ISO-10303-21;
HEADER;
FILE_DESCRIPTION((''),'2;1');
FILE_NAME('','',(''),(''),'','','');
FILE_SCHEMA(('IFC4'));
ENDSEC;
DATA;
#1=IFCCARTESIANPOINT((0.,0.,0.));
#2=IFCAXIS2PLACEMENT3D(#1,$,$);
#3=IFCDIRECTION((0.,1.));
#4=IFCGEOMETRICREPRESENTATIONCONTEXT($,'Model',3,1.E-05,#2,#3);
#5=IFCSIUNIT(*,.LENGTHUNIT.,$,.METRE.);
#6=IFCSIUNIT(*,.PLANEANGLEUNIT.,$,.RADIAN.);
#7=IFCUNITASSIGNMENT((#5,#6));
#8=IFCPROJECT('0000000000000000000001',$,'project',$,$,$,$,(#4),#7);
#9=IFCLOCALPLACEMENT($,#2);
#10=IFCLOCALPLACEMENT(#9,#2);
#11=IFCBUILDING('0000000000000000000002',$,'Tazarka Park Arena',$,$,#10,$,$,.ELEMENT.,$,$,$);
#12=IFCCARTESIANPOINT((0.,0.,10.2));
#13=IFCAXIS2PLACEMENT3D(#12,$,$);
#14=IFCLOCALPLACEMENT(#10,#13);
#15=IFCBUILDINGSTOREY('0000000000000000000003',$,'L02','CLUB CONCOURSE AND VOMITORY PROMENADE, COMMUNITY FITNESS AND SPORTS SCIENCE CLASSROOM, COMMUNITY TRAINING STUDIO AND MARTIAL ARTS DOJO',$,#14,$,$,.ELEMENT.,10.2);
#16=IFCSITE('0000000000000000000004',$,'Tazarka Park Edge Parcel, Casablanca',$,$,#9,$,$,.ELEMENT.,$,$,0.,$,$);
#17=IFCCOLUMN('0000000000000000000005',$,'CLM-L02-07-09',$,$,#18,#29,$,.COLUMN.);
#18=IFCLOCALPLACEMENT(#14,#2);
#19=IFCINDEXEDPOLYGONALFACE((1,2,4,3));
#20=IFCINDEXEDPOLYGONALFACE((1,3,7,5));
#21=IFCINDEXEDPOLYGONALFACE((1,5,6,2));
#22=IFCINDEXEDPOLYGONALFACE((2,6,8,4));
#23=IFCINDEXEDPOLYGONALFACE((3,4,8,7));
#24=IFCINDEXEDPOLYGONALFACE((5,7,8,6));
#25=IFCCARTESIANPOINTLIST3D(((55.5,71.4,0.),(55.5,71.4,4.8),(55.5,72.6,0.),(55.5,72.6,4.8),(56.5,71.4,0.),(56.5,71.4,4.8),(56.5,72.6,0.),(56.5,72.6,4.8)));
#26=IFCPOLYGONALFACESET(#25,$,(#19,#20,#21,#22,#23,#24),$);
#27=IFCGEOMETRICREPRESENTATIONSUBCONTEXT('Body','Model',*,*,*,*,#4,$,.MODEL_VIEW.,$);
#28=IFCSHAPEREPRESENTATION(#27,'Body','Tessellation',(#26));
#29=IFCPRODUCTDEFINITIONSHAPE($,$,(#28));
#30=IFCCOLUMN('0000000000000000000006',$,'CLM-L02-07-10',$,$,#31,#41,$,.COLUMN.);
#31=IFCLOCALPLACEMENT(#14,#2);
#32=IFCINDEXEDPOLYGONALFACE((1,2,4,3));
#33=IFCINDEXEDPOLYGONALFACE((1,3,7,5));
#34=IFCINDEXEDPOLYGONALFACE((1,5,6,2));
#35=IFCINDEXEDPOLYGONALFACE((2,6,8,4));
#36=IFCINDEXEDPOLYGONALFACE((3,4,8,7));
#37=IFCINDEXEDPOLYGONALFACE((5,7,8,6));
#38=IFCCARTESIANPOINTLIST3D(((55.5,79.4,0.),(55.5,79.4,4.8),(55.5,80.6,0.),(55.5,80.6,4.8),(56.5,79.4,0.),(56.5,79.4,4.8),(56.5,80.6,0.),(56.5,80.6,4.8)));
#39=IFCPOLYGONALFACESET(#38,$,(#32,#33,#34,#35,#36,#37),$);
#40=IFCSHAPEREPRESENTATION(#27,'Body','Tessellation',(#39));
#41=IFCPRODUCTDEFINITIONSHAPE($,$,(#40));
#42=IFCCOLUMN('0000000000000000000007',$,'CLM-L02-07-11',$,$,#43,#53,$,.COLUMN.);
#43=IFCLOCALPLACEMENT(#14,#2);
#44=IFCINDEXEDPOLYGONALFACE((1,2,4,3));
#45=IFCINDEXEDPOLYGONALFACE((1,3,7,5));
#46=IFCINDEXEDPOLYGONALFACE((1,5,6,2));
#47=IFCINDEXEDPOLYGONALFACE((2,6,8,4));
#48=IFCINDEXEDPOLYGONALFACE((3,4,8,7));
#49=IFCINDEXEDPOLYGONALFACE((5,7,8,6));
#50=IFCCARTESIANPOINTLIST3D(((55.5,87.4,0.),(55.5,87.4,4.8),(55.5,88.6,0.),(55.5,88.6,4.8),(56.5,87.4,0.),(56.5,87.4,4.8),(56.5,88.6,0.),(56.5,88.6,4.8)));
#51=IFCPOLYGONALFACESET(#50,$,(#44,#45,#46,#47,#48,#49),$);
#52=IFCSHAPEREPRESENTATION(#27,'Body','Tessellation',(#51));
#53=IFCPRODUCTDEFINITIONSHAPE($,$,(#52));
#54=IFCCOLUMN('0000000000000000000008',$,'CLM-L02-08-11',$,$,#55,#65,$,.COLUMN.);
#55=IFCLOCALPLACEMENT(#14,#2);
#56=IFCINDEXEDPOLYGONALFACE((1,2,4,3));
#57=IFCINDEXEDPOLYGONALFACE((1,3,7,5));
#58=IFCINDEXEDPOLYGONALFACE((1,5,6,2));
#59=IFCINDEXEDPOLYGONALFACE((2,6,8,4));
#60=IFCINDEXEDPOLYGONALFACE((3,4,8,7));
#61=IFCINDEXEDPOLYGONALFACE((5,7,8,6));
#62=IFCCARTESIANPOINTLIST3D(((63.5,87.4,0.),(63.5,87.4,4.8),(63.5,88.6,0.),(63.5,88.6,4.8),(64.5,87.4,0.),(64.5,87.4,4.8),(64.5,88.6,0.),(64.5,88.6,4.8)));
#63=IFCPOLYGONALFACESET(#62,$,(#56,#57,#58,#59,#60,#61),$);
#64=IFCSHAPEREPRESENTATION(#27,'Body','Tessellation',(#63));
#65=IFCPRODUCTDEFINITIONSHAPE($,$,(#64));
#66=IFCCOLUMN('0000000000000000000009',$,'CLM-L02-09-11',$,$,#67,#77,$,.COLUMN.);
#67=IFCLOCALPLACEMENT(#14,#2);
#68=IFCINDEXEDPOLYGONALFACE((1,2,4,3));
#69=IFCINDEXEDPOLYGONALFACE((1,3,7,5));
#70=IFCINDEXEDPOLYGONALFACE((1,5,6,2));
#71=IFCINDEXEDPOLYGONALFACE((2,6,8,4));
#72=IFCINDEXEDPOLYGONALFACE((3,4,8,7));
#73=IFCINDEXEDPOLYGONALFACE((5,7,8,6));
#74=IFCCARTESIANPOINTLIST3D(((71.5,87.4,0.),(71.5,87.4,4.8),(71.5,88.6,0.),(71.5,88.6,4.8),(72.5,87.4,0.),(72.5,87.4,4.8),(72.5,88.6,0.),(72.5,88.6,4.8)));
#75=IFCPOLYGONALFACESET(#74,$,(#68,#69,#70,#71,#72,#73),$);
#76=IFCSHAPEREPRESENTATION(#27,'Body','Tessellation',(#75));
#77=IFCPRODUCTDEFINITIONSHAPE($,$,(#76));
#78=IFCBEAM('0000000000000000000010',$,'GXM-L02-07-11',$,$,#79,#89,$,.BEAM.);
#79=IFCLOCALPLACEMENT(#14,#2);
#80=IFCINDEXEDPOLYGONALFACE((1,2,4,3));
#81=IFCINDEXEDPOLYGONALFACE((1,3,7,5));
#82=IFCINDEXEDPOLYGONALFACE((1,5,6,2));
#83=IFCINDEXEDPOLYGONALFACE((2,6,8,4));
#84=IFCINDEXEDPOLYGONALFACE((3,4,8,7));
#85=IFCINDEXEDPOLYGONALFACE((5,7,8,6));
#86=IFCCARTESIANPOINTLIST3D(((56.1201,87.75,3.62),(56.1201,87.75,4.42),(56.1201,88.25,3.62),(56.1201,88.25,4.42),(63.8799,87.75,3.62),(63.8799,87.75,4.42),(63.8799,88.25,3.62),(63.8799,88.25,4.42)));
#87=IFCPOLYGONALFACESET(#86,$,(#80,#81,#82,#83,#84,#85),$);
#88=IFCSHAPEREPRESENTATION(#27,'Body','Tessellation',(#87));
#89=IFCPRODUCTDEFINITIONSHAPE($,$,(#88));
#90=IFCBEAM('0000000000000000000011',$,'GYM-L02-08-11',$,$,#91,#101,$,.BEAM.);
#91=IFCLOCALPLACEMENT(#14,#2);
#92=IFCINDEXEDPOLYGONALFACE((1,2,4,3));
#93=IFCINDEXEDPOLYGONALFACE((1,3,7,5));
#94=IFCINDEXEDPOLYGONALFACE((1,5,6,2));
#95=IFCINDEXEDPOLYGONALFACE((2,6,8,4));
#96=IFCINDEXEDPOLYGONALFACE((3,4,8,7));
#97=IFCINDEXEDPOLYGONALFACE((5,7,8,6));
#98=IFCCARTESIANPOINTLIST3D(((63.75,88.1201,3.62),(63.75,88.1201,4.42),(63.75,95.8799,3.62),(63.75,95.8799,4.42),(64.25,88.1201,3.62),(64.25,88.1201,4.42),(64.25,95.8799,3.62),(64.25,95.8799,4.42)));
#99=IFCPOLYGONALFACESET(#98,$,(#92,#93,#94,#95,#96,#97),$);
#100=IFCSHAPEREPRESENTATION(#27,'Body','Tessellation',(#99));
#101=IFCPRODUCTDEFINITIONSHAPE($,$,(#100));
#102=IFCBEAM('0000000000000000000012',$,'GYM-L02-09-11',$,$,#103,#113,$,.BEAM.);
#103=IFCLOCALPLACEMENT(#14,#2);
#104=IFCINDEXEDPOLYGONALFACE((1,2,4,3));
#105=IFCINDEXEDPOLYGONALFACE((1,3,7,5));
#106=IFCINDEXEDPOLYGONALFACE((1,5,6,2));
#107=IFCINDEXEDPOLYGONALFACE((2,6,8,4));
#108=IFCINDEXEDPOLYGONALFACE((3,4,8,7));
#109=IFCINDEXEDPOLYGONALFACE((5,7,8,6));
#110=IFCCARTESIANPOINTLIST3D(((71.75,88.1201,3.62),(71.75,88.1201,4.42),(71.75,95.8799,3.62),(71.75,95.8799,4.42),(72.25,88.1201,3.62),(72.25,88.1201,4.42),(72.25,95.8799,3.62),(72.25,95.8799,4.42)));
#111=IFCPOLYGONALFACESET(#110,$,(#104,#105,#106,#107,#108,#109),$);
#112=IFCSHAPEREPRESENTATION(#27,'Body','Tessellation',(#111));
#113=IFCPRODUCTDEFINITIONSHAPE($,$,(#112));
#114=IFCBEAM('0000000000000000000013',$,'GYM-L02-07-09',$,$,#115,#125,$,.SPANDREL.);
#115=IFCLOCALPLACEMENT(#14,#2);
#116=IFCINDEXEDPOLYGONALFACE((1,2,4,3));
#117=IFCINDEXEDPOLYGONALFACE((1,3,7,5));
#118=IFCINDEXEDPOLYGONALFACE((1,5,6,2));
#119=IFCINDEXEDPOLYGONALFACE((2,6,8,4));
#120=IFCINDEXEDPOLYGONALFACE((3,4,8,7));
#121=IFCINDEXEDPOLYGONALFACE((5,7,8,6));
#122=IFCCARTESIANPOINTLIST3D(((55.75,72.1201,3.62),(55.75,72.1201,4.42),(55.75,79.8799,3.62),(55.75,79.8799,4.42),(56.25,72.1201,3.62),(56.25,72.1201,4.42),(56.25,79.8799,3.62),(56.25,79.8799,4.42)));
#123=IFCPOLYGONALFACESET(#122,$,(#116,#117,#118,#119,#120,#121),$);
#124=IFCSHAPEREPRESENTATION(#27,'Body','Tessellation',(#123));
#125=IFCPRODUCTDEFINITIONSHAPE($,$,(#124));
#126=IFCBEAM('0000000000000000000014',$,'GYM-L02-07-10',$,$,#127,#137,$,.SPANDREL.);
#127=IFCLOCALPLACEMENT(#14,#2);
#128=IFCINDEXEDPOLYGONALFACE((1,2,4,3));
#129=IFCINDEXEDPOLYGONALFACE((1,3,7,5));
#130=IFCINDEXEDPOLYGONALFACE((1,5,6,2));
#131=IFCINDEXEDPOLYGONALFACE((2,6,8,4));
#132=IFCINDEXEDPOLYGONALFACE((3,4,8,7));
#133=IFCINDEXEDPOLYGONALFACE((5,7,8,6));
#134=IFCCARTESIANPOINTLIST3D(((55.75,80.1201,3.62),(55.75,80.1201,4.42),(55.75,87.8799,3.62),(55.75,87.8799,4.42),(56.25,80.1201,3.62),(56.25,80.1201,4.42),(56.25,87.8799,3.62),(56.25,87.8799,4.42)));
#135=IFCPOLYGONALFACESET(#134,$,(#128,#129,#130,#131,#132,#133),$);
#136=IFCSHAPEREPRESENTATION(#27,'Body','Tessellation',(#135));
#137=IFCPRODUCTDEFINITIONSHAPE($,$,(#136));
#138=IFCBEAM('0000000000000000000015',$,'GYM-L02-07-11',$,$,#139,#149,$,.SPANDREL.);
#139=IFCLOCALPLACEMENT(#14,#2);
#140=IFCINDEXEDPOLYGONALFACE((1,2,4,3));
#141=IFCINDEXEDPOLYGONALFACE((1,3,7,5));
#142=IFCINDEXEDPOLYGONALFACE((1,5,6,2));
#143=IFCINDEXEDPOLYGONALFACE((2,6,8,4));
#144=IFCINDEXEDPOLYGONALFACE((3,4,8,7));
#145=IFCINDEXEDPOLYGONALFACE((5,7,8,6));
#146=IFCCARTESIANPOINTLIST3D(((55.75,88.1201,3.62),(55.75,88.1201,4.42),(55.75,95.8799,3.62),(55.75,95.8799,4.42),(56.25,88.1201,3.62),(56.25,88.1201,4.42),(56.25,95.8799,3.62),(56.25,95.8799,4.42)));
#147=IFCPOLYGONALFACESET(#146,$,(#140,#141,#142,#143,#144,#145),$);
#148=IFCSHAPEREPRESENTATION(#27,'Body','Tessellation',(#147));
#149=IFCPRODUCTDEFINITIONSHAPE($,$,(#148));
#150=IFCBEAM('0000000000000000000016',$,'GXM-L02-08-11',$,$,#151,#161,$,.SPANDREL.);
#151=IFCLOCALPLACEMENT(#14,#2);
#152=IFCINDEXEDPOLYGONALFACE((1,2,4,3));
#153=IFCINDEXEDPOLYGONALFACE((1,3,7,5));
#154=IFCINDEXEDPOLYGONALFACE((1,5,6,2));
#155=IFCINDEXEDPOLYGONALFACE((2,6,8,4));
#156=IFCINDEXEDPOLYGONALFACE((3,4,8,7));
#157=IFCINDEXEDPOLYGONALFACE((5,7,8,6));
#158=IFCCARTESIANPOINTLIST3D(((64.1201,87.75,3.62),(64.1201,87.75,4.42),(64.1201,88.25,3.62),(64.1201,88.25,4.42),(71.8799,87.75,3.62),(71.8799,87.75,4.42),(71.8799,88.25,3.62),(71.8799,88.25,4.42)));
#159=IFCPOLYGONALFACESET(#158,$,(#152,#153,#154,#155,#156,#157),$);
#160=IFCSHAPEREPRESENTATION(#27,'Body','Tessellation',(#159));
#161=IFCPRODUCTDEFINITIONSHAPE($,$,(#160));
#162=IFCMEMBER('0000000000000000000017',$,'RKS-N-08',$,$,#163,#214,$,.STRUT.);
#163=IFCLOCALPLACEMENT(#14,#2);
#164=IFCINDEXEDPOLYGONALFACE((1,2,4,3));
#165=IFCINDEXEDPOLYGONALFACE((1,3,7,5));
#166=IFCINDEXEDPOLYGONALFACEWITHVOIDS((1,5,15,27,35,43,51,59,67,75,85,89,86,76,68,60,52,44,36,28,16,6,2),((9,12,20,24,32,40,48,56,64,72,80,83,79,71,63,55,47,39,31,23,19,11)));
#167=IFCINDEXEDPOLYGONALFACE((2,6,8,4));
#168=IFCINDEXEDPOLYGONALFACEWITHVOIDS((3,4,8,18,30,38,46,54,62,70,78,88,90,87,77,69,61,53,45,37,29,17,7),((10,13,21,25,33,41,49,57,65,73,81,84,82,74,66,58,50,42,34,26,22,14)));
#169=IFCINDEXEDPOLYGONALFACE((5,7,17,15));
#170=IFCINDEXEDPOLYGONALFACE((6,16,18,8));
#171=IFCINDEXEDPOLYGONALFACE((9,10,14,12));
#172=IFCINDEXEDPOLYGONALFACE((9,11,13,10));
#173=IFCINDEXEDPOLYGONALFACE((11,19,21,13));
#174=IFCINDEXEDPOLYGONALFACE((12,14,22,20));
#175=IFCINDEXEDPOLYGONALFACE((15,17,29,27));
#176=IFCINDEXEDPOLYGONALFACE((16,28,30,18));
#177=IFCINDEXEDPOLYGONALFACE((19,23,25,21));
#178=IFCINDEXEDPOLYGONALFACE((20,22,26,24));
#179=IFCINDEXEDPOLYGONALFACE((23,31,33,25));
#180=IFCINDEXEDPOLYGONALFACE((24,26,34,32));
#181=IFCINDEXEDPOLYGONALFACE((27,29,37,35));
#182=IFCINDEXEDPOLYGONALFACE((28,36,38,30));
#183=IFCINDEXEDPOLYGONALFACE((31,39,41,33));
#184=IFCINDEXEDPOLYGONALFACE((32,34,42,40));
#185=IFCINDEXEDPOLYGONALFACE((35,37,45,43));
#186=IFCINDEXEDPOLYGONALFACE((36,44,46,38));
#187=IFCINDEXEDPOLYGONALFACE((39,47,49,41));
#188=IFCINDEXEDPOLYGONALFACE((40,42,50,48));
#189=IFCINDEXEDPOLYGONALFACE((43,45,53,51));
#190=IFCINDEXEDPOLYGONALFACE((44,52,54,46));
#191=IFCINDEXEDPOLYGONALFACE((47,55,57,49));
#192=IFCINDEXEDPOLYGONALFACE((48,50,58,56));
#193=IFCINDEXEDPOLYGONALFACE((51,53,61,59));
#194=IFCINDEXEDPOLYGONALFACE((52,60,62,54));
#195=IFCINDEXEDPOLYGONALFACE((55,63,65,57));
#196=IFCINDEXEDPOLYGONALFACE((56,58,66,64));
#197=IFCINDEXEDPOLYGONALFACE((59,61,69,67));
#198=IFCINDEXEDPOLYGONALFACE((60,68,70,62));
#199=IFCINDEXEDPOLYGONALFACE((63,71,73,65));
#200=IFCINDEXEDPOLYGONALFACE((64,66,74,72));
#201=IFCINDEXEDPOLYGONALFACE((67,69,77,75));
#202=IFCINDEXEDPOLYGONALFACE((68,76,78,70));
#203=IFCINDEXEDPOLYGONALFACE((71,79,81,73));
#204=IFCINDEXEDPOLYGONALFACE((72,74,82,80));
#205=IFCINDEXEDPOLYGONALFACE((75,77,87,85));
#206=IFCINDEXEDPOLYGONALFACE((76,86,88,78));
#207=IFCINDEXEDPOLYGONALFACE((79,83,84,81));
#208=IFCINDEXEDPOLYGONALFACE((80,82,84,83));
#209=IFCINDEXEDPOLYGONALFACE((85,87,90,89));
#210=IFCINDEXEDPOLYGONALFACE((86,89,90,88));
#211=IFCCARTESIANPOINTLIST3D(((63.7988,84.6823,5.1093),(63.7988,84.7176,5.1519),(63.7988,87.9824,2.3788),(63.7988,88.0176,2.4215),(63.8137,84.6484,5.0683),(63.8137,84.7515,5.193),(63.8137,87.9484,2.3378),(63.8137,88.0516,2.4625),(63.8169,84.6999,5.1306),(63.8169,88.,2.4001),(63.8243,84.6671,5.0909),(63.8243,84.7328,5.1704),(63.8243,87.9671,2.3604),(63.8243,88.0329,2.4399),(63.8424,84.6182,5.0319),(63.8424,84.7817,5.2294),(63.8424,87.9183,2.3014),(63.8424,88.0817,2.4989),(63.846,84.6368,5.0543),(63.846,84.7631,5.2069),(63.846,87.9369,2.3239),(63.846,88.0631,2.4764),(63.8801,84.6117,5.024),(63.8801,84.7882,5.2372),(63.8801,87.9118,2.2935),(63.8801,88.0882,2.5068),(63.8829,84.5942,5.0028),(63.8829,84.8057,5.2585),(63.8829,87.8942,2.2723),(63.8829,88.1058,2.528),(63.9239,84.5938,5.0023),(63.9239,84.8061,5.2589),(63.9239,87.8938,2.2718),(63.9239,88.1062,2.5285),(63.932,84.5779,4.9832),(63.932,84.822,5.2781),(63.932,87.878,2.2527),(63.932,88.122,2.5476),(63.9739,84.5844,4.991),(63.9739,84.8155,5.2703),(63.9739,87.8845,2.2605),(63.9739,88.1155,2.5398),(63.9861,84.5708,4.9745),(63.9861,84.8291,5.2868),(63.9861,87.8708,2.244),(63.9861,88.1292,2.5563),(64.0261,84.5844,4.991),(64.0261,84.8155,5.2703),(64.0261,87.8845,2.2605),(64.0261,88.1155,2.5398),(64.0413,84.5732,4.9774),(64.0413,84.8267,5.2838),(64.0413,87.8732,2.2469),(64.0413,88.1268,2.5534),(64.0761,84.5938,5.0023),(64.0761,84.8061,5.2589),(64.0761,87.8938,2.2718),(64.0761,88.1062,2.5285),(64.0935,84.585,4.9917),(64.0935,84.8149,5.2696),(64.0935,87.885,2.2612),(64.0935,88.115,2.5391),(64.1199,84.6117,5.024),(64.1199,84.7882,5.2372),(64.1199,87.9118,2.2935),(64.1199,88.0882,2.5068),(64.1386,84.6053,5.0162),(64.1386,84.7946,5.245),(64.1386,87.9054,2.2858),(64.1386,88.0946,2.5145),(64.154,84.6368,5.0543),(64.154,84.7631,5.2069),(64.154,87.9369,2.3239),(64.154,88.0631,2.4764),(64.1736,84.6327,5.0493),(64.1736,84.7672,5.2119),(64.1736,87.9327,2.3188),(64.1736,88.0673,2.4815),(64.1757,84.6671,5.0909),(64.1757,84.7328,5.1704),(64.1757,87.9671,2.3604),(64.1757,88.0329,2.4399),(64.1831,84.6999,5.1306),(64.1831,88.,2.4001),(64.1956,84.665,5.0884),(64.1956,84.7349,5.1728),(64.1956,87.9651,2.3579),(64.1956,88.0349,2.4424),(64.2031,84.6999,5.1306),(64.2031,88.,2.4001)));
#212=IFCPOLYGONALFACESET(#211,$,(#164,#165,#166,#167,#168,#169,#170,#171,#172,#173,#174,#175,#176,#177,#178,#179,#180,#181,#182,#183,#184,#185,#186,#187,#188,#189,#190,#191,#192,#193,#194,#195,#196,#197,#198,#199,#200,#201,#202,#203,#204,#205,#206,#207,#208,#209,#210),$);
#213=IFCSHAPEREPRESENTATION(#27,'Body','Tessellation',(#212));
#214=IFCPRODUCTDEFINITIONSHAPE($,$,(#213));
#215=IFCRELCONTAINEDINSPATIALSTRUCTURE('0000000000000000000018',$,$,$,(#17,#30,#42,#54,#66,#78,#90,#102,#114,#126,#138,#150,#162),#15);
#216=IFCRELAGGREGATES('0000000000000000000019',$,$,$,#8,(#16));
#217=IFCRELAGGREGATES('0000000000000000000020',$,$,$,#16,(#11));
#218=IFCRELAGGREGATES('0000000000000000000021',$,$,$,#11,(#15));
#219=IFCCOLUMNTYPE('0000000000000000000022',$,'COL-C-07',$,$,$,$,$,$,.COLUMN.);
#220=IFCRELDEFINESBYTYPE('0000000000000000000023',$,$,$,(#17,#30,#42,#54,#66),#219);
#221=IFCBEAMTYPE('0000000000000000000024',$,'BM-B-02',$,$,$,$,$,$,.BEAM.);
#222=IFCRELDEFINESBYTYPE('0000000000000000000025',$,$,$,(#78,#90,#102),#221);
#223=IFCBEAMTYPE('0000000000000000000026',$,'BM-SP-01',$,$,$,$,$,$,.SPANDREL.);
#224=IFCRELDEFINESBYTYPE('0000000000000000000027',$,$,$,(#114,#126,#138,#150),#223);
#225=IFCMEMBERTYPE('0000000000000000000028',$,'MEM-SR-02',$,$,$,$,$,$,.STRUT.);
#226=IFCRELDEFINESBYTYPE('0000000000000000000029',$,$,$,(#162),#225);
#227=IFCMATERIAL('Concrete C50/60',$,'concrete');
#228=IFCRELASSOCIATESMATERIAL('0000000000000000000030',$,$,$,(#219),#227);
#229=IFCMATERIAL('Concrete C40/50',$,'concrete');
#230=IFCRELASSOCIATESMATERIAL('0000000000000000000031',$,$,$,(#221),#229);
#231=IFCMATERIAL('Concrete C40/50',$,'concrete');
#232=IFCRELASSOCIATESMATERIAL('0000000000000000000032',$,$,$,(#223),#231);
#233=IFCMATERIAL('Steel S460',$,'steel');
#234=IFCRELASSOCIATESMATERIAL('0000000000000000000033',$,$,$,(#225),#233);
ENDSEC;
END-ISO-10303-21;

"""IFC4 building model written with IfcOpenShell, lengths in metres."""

from ifc_helpers import new_model, si_unit, direction, frame, origin, origin_2d, place, context, subcontext, project, spatial, rectangle, hollow_circle, extrude, material, material_profile, profile_set, type_object, element, save


model = new_model("IFC4")

# Units and contexts
model_context = context("Model", 3, precision=1e-05, world=origin(), true_north=direction((0.0, 1.0)))
body_context = subcontext(model_context, "Body", "Model", "MODEL_VIEW")
ifc_project = project(units=[si_unit("LENGTHUNIT", "METRE"), si_unit("PLANEANGLEUNIT", "RADIAN")], contexts=[model_context])

# Site, building, storey
site_placement = place(None, origin())
site = spatial("IfcSite", under=ifc_project, at=site_placement, Name="Tazarka Park Edge Parcel, Casablanca", CompositionType="ELEMENT", RefElevation=0.0)
building_placement = place(site_placement, origin())
building = spatial("IfcBuilding", under=site, at=building_placement, Name="Tazarka Park Arena", CompositionType="ELEMENT")
storey_placement = place(building_placement, frame((0.0, 0.0, 10.2)))
storey = spatial("IfcBuildingStorey", under=building, at=storey_placement, Name="L02", Description="CLUB CONCOURSE AND VOMITORY PROMENADE, COMMUNITY FITNESS AND SPORTS SCIENCE CLASSROOM, COMMUNITY TRAINING STUDIO AND MARTIAL ARTS DOJO", CompositionType="ELEMENT", Elevation=10.2)

# Columns
ifc_material_1 = material(Name="Concrete C50/60", Category="concrete")
ifc_material_profile_1 = material_profile(ifc_material_1, rectangle(XDim=1.0, YDim=1.2, at=origin_2d()), Name="Concrete C50/60")
ifc_profile_set_1 = profile_set([ifc_material_profile_1], Name="Concrete C50/60")
column_type = type_object("IfcColumnType", Name="COL-C-07", PredefinedType="COLUMN", material=ifc_profile_set_1)
for number, where, z_axis, x_axis, name in (
    (1, (56.0, 72.0, 0.0), (0.0, 0.0, 1.0), (1.0, 0.0, 0.0), "CLM-L02-07-09"),
    (2, (56.0, 80.0, 0.0), (0.0, 0.0, 1.0), (1.0, 0.0, 0.0), "CLM-L02-07-10"),
    (3, (56.0, 88.0, 0.0), (0.0, 0.0, 1.0), (1.0, 0.0, 0.0), "CLM-L02-07-11"),
    (4, (64.0, 88.0, 0.0), (0.0, 0.0, 1.0), (1.0, 0.0, 0.0), "CLM-L02-08-11"),
    (5, (72.0, 88.0, 0.0), (0.0, 0.0, 1.0), (1.0, 0.0, 0.0), "CLM-L02-09-11"),
):
    element("IfcColumn", number, at=place(storey_placement, frame(where, z_axis=z_axis, x_axis=x_axis)), inside=storey, type_object=column_type, Name=name, PredefinedType="COLUMN", context=body_context, shape_type="SweptSolid", body=[
        extrude(rectangle(XDim=1.0, YDim=1.2, at=origin_2d()), origin(), (0.0, 0.0, 1.0), 4.8),
    ])

# Beams
ifc_material_2 = material(Name="Concrete C40/50", Category="concrete")
ifc_material_profile_2 = material_profile(ifc_material_2, rectangle(XDim=0.5, YDim=0.8, at=origin_2d()), Name="Concrete C40/50")
ifc_profile_set_2 = profile_set([ifc_material_profile_2], Name="Concrete C40/50")
beam_type_1 = type_object("IfcBeamType", Name="BM-B-02", PredefinedType="BEAM", material=ifc_profile_set_2)
for number, where, z_axis, x_axis, name in (
    (6, (56.1201, 88.0, 4.02), (1.0, 0.0, 0.0), (0.0, 1.0, 0.0), "GXM-L02-07-11"),
    (7, (64.0, 88.1201, 4.02), (0.0, 1.0, 0.0), (-1.0, 0.0, 0.0), "GYM-L02-08-11"),
    (8, (72.0, 88.1201, 4.02), (0.0, 1.0, 0.0), (-1.0, 0.0, 0.0), "GYM-L02-09-11"),
):
    element("IfcBeam", number, at=place(storey_placement, frame(where, z_axis=z_axis, x_axis=x_axis)), inside=storey, type_object=beam_type_1, Name=name, PredefinedType="BEAM", context=body_context, shape_type="SweptSolid", body=[
        extrude(rectangle(XDim=0.5, YDim=0.8, at=origin_2d()), origin(), (0.0, 0.0, 1.0), 7.7598),
    ])
ifc_material_3 = material(Name="Concrete C40/50", Category="concrete")
ifc_material_profile_3 = material_profile(ifc_material_3, rectangle(XDim=0.5, YDim=0.8, at=origin_2d()), Name="Concrete C40/50")
ifc_profile_set_3 = profile_set([ifc_material_profile_3], Name="Concrete C40/50")
beam_type_2 = type_object("IfcBeamType", Name="BM-SP-01", PredefinedType="SPANDREL", material=ifc_profile_set_3)
for number, where, z_axis, x_axis, name in (
    (9, (56.0, 72.1201, 4.02), (0.0, 1.0, 0.0), (-1.0, 0.0, 0.0), "GYM-L02-07-09"),
    (10, (56.0, 80.1201, 4.02), (0.0, 1.0, 0.0), (-1.0, 0.0, 0.0), "GYM-L02-07-10"),
    (11, (56.0, 88.1201, 4.02), (0.0, 1.0, 0.0), (-1.0, 0.0, 0.0), "GYM-L02-07-11"),
    (12, (64.1201, 88.0, 4.02), (1.0, 0.0, 0.0), (0.0, 1.0, 0.0), "GXM-L02-08-11"),
):
    element("IfcBeam", number, at=place(storey_placement, frame(where, z_axis=z_axis, x_axis=x_axis)), inside=storey, type_object=beam_type_2, Name=name, PredefinedType="SPANDREL", context=body_context, shape_type="SweptSolid", body=[
        extrude(rectangle(XDim=0.5, YDim=0.8, at=origin_2d()), origin(), (0.0, 0.0, 1.0), 7.7598),
    ])

# Member
ifc_material_4 = material(Name="Steel S460", Category="steel")
ifc_material_profile_4 = material_profile(ifc_material_4, hollow_circle(Radius=0.2031, WallThickness=0.02, at=origin_2d()), Name="Steel S460")
ifc_profile_set_4 = profile_set([ifc_material_profile_4], Name="Steel S460")
member_type = type_object("IfcMemberType", Name="MEM-SR-02", PredefinedType="STRUT", material=ifc_profile_set_4)
for number, where, z_axis, x_axis, name in (
    (13, (64.0, 88.0, 2.4001), (0.0, -0.770464, 0.637484), (1.0, 0.0, 0.0), "RKS-N-08"),
):
    element("IfcMember", number, at=place(storey_placement, frame(where, z_axis=z_axis, x_axis=x_axis)), inside=storey, type_object=member_type, Name=name, PredefinedType="STRUT", context=body_context, shape_type="SweptSolid", body=[
        extrude(hollow_circle(Radius=0.2031, WallThickness=0.02, at=origin_2d()), origin(), (0.0, 0.0, 1.0), 4.2832),
    ])

save(model, "model.ifc")
